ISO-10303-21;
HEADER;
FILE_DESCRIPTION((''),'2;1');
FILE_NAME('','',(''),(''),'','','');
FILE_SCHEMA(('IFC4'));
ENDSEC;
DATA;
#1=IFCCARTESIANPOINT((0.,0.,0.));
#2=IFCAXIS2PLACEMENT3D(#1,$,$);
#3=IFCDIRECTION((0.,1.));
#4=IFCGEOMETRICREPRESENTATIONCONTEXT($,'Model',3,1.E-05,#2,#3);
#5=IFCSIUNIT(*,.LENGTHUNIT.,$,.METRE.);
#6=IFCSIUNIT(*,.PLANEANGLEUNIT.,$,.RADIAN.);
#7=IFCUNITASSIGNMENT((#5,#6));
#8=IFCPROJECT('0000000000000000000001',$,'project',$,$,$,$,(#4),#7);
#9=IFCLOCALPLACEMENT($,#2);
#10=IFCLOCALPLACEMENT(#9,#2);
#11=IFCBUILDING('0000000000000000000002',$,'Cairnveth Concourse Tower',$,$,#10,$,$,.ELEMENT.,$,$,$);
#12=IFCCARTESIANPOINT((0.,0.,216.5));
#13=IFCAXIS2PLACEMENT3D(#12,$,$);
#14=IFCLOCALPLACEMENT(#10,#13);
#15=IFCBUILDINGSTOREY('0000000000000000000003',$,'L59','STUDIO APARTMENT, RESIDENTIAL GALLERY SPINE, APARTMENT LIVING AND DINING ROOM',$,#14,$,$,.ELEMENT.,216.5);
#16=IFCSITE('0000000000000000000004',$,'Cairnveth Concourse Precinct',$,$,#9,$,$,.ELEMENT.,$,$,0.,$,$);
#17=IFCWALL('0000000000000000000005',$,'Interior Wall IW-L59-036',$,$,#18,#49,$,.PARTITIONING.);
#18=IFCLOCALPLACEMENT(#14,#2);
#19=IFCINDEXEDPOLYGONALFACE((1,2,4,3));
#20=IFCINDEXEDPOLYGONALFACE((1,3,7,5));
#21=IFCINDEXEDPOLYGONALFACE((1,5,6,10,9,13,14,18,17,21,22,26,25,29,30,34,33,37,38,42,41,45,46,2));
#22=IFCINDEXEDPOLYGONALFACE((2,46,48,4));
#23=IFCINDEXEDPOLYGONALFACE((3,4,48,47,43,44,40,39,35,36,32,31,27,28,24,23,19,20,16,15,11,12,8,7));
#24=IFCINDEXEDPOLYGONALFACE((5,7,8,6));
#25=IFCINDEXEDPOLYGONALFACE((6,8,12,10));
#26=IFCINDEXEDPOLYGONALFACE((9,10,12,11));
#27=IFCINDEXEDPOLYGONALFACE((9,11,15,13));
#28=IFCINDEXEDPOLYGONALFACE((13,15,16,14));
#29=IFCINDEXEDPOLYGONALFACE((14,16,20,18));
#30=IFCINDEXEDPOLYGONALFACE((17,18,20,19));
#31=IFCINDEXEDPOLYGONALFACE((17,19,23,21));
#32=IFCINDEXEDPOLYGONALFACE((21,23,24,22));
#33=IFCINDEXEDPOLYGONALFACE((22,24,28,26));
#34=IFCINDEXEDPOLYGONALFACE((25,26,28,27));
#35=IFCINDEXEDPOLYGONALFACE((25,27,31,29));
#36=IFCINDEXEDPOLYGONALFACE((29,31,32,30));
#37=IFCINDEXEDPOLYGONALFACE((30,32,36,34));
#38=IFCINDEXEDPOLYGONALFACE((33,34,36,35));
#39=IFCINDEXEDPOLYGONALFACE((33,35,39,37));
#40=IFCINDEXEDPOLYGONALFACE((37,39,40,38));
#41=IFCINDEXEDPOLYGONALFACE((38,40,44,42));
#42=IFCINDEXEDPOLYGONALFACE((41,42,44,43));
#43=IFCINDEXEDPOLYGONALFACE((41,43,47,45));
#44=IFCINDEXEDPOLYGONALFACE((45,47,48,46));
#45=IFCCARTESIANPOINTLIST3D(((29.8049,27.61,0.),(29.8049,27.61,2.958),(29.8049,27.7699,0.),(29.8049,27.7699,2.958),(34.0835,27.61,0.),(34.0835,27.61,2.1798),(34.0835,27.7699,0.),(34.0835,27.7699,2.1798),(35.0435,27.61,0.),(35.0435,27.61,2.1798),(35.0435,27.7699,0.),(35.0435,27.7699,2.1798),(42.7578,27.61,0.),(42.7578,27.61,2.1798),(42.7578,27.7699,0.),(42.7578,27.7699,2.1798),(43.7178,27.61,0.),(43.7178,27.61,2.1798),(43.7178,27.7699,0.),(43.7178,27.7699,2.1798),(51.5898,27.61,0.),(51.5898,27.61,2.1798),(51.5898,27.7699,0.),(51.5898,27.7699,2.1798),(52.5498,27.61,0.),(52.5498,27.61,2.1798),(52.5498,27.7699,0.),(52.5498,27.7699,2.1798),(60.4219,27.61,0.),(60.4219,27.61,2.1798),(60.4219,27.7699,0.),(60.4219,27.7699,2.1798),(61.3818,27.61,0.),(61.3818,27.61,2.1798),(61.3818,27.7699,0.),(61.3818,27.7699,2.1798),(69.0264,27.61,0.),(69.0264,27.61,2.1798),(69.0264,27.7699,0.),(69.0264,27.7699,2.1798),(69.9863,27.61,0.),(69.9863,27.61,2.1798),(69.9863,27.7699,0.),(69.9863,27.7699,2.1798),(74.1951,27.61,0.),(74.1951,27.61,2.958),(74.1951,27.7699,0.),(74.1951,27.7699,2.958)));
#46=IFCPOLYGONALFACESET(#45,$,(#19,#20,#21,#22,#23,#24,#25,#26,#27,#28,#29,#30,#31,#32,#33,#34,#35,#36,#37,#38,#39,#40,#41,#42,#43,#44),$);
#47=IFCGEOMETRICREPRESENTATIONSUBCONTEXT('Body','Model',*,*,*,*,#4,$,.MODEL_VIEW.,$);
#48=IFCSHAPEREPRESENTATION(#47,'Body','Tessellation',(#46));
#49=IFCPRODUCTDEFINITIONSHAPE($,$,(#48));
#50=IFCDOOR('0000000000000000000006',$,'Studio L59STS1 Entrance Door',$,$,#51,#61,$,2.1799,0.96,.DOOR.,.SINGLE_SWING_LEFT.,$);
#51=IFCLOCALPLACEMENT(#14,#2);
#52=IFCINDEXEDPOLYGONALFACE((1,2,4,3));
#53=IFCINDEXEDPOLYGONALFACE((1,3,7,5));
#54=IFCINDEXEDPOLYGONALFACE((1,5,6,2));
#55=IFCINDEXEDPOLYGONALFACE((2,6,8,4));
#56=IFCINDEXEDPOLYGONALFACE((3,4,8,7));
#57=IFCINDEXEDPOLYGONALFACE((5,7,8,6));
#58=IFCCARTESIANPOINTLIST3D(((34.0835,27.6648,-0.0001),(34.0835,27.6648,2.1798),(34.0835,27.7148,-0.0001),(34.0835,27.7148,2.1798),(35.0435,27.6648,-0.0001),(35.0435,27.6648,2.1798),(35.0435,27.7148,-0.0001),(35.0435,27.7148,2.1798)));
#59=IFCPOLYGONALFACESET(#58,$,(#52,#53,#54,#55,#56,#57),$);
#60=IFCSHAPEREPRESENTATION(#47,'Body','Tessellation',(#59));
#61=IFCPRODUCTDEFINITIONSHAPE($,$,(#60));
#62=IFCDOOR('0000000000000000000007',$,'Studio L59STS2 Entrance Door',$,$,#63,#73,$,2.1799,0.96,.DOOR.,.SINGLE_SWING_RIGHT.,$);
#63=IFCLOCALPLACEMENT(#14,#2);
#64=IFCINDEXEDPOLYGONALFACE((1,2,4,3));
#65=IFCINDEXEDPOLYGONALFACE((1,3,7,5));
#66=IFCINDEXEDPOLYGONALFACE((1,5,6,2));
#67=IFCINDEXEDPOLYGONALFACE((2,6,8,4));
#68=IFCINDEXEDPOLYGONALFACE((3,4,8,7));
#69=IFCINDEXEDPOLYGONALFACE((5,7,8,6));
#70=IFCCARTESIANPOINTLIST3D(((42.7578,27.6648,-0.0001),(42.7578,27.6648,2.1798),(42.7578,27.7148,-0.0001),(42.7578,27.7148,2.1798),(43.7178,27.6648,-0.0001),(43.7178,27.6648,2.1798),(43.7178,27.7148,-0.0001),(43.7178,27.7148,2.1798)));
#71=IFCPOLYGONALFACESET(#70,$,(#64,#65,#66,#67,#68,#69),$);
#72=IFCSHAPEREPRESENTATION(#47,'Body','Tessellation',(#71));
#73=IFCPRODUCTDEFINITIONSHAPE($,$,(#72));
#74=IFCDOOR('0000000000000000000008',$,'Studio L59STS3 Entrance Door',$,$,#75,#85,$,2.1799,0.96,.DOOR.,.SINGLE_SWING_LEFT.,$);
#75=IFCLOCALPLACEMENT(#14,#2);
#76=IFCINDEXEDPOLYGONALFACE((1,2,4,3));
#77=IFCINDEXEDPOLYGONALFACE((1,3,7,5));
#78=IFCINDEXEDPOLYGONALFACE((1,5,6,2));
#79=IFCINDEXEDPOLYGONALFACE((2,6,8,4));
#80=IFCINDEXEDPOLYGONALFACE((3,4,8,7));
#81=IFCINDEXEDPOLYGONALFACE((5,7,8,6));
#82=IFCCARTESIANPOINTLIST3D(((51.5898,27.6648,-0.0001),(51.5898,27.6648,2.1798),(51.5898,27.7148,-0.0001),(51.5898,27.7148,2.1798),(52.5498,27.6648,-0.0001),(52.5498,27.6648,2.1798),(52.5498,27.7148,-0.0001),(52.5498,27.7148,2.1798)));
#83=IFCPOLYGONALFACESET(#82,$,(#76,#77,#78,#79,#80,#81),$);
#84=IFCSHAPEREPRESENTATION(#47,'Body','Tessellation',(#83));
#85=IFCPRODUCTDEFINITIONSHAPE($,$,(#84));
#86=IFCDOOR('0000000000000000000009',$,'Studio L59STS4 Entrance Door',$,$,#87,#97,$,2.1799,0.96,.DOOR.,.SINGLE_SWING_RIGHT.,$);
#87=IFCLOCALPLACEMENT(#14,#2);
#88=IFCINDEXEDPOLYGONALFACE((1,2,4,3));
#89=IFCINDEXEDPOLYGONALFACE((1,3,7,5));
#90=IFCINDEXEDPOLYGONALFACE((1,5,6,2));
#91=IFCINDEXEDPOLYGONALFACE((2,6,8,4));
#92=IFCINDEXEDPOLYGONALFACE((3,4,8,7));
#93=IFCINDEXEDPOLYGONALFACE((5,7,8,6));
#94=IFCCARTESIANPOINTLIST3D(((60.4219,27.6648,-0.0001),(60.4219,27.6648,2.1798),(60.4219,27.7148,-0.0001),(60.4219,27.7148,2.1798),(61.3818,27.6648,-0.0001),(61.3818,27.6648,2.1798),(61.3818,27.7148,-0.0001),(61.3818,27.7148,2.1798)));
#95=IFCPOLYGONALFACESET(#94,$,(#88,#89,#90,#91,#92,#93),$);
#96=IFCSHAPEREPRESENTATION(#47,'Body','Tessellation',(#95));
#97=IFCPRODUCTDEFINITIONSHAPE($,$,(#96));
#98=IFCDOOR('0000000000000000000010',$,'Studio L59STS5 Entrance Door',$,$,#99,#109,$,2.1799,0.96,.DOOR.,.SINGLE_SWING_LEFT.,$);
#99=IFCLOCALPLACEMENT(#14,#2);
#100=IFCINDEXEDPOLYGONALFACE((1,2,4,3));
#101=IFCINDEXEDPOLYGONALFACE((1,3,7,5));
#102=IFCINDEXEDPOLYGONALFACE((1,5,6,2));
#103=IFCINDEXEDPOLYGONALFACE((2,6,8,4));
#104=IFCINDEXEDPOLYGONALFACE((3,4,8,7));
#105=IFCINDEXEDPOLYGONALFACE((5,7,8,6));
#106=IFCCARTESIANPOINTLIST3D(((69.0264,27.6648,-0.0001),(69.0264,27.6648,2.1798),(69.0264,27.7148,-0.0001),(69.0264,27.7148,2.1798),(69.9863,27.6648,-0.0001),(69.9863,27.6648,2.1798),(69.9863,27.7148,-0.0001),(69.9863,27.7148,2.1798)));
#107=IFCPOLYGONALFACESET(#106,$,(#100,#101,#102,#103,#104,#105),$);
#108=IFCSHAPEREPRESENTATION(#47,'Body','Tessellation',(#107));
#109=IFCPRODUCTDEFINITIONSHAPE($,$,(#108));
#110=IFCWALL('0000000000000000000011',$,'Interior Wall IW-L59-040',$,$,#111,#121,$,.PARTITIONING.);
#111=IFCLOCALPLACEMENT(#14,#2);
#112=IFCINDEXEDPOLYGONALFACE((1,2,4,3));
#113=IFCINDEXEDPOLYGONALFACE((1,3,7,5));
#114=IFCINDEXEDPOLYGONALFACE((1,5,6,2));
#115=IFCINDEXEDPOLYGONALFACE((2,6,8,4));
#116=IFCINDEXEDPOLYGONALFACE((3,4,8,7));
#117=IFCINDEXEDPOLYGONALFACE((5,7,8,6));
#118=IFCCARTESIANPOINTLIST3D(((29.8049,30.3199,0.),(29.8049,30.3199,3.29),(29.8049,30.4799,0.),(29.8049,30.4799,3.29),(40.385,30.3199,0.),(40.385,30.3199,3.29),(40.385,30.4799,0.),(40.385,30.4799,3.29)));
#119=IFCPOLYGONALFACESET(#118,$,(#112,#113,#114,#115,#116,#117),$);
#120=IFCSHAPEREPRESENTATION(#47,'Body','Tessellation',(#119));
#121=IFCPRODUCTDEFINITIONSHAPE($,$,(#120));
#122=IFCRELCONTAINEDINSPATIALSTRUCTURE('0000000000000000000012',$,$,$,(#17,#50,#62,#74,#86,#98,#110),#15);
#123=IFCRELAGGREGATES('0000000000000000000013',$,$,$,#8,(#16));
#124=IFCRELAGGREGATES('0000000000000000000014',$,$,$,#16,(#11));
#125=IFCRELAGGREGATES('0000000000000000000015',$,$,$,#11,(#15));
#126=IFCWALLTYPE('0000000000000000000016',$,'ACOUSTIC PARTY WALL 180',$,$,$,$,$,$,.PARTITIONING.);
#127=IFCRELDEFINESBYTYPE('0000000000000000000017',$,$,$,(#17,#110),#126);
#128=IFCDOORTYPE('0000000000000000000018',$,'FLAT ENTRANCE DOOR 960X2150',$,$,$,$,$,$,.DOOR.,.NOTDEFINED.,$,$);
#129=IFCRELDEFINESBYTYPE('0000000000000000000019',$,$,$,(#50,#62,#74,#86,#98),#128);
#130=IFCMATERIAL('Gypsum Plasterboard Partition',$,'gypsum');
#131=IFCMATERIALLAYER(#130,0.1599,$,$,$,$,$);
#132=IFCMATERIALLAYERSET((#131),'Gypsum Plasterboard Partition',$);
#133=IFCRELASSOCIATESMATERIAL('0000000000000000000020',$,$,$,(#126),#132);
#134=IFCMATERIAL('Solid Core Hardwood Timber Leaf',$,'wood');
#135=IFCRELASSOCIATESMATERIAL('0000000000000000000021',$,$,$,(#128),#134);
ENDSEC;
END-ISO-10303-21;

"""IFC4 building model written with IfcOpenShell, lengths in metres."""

from ifc_helpers import new_model, si_unit, direction, frame, frame_2d, origin, place, context, subcontext, project, spatial, rectangle, extrude, material, layer, layer_set, type_object, element, fill, save


model = new_model("IFC4")

# Units and contexts
model_context = context("Model", 3, precision=1e-05, world=origin(), true_north=direction((0.0, 1.0)))
body_context = subcontext(model_context, "Body", "Model", "MODEL_VIEW")
ifc_project = project(units=[si_unit("LENGTHUNIT", "METRE"), si_unit("PLANEANGLEUNIT", "RADIAN")], contexts=[model_context])

# Site, building, storey
site_placement = place(None, origin())
site = spatial("IfcSite", under=ifc_project, at=site_placement, Name="Cairnveth Concourse Precinct", CompositionType="ELEMENT", RefElevation=0.0)
building_placement = place(site_placement, origin())
building = spatial("IfcBuilding", under=site, at=building_placement, Name="Cairnveth Concourse Tower", CompositionType="ELEMENT")
storey_placement = place(building_placement, frame((0.0, 0.0, 216.5)))
storey = spatial("IfcBuildingStorey", under=building, at=storey_placement, Name="L59", Description="STUDIO APARTMENT, RESIDENTIAL GALLERY SPINE, APARTMENT LIVING AND DINING ROOM", CompositionType="ELEMENT", Elevation=216.5)

# Wall, openings, doors
ifc_material_1 = material(Name="Gypsum Plasterboard Partition", Category="gypsum")
ifc_layer_1 = layer(ifc_material_1, 0.1599)
ifc_layer_set_1 = layer_set([ifc_layer_1], Name="Gypsum Plasterboard Partition")
wall_type_1 = type_object("IfcWallType", Name="ACOUSTIC PARTY WALL 180", PredefinedType="PARTITIONING", material=ifc_layer_set_1)
wall_1_placement = place(storey_placement, frame((29.8049, 27.6899, 0.0), z_axis=(0.0, 0.0, 1.0), x_axis=(1.0, 0.0, 0.0)))
wall_1 = element("IfcWall", 1, at=wall_1_placement, inside=storey, type_object=wall_type_1, Name="Interior Wall IW-L59-036", PredefinedType="PARTITIONING", context=body_context, shape_type="SweptSolid", body=[
    extrude(rectangle(XDim=44.3901, YDim=0.1599, at=frame_2d((22.1951, 0.0))), origin(), (0.0, 0.0, 1.0), 2.958),
])
opening_1_placement = place(wall_1_placement, frame((4.2786, 0.0, 0.0)))
opening_1 = element("IfcOpeningElement", 2, at=opening_1_placement, cuts=wall_1, PredefinedType="OPENING", context=body_context, shape_type="SweptSolid", body=[
    extrude(rectangle(XDim=0.96, YDim=2.1799, at=frame_2d((0.48, 1.0898))), frame((0.0, 0.0898, 0.0), z_axis=(0.0, -1.0, 0.0), x_axis=(1.0, 0.0, 0.0)), (0.0, 0.0, 1.0), 0.1799),
])
opening_2_placement = place(wall_1_placement, frame((12.9529, 0.0, 0.0)))
opening_2 = element("IfcOpeningElement", 3, at=opening_2_placement, cuts=wall_1, PredefinedType="OPENING", context=body_context, shape_type="SweptSolid", body=[
    extrude(rectangle(XDim=0.96, YDim=2.1799, at=frame_2d((0.48, 1.0898))), frame((0.0, 0.0898, 0.0), z_axis=(0.0, -1.0, 0.0), x_axis=(1.0, 0.0, 0.0)), (0.0, 0.0, 1.0), 0.1799),
])
opening_3_placement = place(wall_1_placement, frame((21.7849, 0.0, 0.0)))
opening_3 = element("IfcOpeningElement", 4, at=opening_3_placement, cuts=wall_1, PredefinedType="OPENING", context=body_context, shape_type="SweptSolid", body=[
    extrude(rectangle(XDim=0.96, YDim=2.1799, at=frame_2d((0.48, 1.0898))), frame((0.0, 0.0898, 0.0), z_axis=(0.0, -1.0, 0.0), x_axis=(1.0, 0.0, 0.0)), (0.0, 0.0, 1.0), 0.1799),
])
opening_4_placement = place(wall_1_placement, frame((30.6169, 0.0, 0.0)))
opening_4 = element("IfcOpeningElement", 5, at=opening_4_placement, cuts=wall_1, PredefinedType="OPENING", context=body_context, shape_type="SweptSolid", body=[
    extrude(rectangle(XDim=0.96, YDim=2.1799, at=frame_2d((0.48, 1.0898))), frame((0.0, 0.0898, 0.0), z_axis=(0.0, -1.0, 0.0), x_axis=(1.0, 0.0, 0.0)), (0.0, 0.0, 1.0), 0.1799),
])
opening_5_placement = place(wall_1_placement, frame((39.2214, 0.0, 0.0)))
opening_5 = element("IfcOpeningElement", 6, at=opening_5_placement, cuts=wall_1, PredefinedType="OPENING", context=body_context, shape_type="SweptSolid", body=[
    extrude(rectangle(XDim=0.96, YDim=2.1799, at=frame_2d((0.48, 1.0898))), frame((0.0, 0.0898, 0.0), z_axis=(0.0, -1.0, 0.0), x_axis=(1.0, 0.0, 0.0)), (0.0, 0.0, 1.0), 0.1799),
])
ifc_material_2 = material(Name="Solid Core Hardwood Timber Leaf", Category="wood")
door_type = type_object("IfcDoorType", Name="FLAT ENTRANCE DOOR 960X2150", OperationType="NOTDEFINED", PredefinedType="DOOR", material=ifc_material_2)
door_1_placement = place(opening_1_placement, origin())
door_1 = element("IfcDoor", 7, at=door_1_placement, inside=storey, type_object=door_type, Name="Studio L59STS1 Entrance Door", OperationType="SINGLE_SWING_LEFT", OverallHeight=2.1799, OverallWidth=0.96, PredefinedType="DOOR", context=body_context, shape_type="SweptSolid", body=[
    extrude(rectangle(XDim=0.96, YDim=2.1799, at=frame_2d((0.48, 1.0898))), frame((0.0, 0.0249, 0.0), z_axis=(0.0, -1.0, 0.0), x_axis=(1.0, 0.0, 0.0)), (0.0, 0.0, 1.0), 0.05),
])
fill(opening_1, door_1)
door_2_placement = place(opening_2_placement, origin())
door_2 = element("IfcDoor", 8, at=door_2_placement, inside=storey, type_object=door_type, Name="Studio L59STS2 Entrance Door", OperationType="SINGLE_SWING_RIGHT", OverallHeight=2.1799, OverallWidth=0.96, PredefinedType="DOOR", context=body_context, shape_type="SweptSolid", body=[
    extrude(rectangle(XDim=0.96, YDim=2.1799, at=frame_2d((0.48, 1.0898))), frame((0.0, 0.0249, 0.0), z_axis=(0.0, -1.0, 0.0), x_axis=(1.0, 0.0, 0.0)), (0.0, 0.0, 1.0), 0.05),
])
fill(opening_2, door_2)
door_3_placement = place(opening_3_placement, origin())
door_3 = element("IfcDoor", 9, at=door_3_placement, inside=storey, type_object=door_type, Name="Studio L59STS3 Entrance Door", OperationType="SINGLE_SWING_LEFT", OverallHeight=2.1799, OverallWidth=0.96, PredefinedType="DOOR", context=body_context, shape_type="SweptSolid", body=[
    extrude(rectangle(XDim=0.96, YDim=2.1799, at=frame_2d((0.48, 1.0898))), frame((0.0, 0.0249, 0.0), z_axis=(0.0, -1.0, 0.0), x_axis=(1.0, 0.0, 0.0)), (0.0, 0.0, 1.0), 0.05),
])
fill(opening_3, door_3)
door_4_placement = place(opening_4_placement, origin())
door_4 = element("IfcDoor", 10, at=door_4_placement, inside=storey, type_object=door_type, Name="Studio L59STS4 Entrance Door", OperationType="SINGLE_SWING_RIGHT", OverallHeight=2.1799, OverallWidth=0.96, PredefinedType="DOOR", context=body_context, shape_type="SweptSolid", body=[
    extrude(rectangle(XDim=0.96, YDim=2.1799, at=frame_2d((0.48, 1.0898))), frame((0.0, 0.0249, 0.0), z_axis=(0.0, -1.0, 0.0), x_axis=(1.0, 0.0, 0.0)), (0.0, 0.0, 1.0), 0.05),
])
fill(opening_4, door_4)
door_5_placement = place(opening_5_placement, origin())
door_5 = element("IfcDoor", 11, at=door_5_placement, inside=storey, type_object=door_type, Name="Studio L59STS5 Entrance Door", OperationType="SINGLE_SWING_LEFT", OverallHeight=2.1799, OverallWidth=0.96, PredefinedType="DOOR", context=body_context, shape_type="SweptSolid", body=[
    extrude(rectangle(XDim=0.96, YDim=2.1799, at=frame_2d((0.48, 1.0898))), frame((0.0, 0.0249, 0.0), z_axis=(0.0, -1.0, 0.0), x_axis=(1.0, 0.0, 0.0)), (0.0, 0.0, 1.0), 0.05),
])
fill(opening_5, door_5)

# Wall
wall_2_placement = place(storey_placement, frame((29.8049, 30.3999, 0.0), z_axis=(0.0, 0.0, 1.0), x_axis=(1.0, 0.0, 0.0)))
element("IfcWall", 12, at=wall_2_placement, inside=storey, type_object=wall_type_1, Name="Interior Wall IW-L59-040", PredefinedType="PARTITIONING", context=body_context, shape_type="SweptSolid", body=[
    extrude(rectangle(XDim=10.5801, YDim=0.1599, at=frame_2d((5.29, 0.0))), origin(), (0.0, 0.0, 1.0), 3.29),
])

save(model, "model.ifc")
